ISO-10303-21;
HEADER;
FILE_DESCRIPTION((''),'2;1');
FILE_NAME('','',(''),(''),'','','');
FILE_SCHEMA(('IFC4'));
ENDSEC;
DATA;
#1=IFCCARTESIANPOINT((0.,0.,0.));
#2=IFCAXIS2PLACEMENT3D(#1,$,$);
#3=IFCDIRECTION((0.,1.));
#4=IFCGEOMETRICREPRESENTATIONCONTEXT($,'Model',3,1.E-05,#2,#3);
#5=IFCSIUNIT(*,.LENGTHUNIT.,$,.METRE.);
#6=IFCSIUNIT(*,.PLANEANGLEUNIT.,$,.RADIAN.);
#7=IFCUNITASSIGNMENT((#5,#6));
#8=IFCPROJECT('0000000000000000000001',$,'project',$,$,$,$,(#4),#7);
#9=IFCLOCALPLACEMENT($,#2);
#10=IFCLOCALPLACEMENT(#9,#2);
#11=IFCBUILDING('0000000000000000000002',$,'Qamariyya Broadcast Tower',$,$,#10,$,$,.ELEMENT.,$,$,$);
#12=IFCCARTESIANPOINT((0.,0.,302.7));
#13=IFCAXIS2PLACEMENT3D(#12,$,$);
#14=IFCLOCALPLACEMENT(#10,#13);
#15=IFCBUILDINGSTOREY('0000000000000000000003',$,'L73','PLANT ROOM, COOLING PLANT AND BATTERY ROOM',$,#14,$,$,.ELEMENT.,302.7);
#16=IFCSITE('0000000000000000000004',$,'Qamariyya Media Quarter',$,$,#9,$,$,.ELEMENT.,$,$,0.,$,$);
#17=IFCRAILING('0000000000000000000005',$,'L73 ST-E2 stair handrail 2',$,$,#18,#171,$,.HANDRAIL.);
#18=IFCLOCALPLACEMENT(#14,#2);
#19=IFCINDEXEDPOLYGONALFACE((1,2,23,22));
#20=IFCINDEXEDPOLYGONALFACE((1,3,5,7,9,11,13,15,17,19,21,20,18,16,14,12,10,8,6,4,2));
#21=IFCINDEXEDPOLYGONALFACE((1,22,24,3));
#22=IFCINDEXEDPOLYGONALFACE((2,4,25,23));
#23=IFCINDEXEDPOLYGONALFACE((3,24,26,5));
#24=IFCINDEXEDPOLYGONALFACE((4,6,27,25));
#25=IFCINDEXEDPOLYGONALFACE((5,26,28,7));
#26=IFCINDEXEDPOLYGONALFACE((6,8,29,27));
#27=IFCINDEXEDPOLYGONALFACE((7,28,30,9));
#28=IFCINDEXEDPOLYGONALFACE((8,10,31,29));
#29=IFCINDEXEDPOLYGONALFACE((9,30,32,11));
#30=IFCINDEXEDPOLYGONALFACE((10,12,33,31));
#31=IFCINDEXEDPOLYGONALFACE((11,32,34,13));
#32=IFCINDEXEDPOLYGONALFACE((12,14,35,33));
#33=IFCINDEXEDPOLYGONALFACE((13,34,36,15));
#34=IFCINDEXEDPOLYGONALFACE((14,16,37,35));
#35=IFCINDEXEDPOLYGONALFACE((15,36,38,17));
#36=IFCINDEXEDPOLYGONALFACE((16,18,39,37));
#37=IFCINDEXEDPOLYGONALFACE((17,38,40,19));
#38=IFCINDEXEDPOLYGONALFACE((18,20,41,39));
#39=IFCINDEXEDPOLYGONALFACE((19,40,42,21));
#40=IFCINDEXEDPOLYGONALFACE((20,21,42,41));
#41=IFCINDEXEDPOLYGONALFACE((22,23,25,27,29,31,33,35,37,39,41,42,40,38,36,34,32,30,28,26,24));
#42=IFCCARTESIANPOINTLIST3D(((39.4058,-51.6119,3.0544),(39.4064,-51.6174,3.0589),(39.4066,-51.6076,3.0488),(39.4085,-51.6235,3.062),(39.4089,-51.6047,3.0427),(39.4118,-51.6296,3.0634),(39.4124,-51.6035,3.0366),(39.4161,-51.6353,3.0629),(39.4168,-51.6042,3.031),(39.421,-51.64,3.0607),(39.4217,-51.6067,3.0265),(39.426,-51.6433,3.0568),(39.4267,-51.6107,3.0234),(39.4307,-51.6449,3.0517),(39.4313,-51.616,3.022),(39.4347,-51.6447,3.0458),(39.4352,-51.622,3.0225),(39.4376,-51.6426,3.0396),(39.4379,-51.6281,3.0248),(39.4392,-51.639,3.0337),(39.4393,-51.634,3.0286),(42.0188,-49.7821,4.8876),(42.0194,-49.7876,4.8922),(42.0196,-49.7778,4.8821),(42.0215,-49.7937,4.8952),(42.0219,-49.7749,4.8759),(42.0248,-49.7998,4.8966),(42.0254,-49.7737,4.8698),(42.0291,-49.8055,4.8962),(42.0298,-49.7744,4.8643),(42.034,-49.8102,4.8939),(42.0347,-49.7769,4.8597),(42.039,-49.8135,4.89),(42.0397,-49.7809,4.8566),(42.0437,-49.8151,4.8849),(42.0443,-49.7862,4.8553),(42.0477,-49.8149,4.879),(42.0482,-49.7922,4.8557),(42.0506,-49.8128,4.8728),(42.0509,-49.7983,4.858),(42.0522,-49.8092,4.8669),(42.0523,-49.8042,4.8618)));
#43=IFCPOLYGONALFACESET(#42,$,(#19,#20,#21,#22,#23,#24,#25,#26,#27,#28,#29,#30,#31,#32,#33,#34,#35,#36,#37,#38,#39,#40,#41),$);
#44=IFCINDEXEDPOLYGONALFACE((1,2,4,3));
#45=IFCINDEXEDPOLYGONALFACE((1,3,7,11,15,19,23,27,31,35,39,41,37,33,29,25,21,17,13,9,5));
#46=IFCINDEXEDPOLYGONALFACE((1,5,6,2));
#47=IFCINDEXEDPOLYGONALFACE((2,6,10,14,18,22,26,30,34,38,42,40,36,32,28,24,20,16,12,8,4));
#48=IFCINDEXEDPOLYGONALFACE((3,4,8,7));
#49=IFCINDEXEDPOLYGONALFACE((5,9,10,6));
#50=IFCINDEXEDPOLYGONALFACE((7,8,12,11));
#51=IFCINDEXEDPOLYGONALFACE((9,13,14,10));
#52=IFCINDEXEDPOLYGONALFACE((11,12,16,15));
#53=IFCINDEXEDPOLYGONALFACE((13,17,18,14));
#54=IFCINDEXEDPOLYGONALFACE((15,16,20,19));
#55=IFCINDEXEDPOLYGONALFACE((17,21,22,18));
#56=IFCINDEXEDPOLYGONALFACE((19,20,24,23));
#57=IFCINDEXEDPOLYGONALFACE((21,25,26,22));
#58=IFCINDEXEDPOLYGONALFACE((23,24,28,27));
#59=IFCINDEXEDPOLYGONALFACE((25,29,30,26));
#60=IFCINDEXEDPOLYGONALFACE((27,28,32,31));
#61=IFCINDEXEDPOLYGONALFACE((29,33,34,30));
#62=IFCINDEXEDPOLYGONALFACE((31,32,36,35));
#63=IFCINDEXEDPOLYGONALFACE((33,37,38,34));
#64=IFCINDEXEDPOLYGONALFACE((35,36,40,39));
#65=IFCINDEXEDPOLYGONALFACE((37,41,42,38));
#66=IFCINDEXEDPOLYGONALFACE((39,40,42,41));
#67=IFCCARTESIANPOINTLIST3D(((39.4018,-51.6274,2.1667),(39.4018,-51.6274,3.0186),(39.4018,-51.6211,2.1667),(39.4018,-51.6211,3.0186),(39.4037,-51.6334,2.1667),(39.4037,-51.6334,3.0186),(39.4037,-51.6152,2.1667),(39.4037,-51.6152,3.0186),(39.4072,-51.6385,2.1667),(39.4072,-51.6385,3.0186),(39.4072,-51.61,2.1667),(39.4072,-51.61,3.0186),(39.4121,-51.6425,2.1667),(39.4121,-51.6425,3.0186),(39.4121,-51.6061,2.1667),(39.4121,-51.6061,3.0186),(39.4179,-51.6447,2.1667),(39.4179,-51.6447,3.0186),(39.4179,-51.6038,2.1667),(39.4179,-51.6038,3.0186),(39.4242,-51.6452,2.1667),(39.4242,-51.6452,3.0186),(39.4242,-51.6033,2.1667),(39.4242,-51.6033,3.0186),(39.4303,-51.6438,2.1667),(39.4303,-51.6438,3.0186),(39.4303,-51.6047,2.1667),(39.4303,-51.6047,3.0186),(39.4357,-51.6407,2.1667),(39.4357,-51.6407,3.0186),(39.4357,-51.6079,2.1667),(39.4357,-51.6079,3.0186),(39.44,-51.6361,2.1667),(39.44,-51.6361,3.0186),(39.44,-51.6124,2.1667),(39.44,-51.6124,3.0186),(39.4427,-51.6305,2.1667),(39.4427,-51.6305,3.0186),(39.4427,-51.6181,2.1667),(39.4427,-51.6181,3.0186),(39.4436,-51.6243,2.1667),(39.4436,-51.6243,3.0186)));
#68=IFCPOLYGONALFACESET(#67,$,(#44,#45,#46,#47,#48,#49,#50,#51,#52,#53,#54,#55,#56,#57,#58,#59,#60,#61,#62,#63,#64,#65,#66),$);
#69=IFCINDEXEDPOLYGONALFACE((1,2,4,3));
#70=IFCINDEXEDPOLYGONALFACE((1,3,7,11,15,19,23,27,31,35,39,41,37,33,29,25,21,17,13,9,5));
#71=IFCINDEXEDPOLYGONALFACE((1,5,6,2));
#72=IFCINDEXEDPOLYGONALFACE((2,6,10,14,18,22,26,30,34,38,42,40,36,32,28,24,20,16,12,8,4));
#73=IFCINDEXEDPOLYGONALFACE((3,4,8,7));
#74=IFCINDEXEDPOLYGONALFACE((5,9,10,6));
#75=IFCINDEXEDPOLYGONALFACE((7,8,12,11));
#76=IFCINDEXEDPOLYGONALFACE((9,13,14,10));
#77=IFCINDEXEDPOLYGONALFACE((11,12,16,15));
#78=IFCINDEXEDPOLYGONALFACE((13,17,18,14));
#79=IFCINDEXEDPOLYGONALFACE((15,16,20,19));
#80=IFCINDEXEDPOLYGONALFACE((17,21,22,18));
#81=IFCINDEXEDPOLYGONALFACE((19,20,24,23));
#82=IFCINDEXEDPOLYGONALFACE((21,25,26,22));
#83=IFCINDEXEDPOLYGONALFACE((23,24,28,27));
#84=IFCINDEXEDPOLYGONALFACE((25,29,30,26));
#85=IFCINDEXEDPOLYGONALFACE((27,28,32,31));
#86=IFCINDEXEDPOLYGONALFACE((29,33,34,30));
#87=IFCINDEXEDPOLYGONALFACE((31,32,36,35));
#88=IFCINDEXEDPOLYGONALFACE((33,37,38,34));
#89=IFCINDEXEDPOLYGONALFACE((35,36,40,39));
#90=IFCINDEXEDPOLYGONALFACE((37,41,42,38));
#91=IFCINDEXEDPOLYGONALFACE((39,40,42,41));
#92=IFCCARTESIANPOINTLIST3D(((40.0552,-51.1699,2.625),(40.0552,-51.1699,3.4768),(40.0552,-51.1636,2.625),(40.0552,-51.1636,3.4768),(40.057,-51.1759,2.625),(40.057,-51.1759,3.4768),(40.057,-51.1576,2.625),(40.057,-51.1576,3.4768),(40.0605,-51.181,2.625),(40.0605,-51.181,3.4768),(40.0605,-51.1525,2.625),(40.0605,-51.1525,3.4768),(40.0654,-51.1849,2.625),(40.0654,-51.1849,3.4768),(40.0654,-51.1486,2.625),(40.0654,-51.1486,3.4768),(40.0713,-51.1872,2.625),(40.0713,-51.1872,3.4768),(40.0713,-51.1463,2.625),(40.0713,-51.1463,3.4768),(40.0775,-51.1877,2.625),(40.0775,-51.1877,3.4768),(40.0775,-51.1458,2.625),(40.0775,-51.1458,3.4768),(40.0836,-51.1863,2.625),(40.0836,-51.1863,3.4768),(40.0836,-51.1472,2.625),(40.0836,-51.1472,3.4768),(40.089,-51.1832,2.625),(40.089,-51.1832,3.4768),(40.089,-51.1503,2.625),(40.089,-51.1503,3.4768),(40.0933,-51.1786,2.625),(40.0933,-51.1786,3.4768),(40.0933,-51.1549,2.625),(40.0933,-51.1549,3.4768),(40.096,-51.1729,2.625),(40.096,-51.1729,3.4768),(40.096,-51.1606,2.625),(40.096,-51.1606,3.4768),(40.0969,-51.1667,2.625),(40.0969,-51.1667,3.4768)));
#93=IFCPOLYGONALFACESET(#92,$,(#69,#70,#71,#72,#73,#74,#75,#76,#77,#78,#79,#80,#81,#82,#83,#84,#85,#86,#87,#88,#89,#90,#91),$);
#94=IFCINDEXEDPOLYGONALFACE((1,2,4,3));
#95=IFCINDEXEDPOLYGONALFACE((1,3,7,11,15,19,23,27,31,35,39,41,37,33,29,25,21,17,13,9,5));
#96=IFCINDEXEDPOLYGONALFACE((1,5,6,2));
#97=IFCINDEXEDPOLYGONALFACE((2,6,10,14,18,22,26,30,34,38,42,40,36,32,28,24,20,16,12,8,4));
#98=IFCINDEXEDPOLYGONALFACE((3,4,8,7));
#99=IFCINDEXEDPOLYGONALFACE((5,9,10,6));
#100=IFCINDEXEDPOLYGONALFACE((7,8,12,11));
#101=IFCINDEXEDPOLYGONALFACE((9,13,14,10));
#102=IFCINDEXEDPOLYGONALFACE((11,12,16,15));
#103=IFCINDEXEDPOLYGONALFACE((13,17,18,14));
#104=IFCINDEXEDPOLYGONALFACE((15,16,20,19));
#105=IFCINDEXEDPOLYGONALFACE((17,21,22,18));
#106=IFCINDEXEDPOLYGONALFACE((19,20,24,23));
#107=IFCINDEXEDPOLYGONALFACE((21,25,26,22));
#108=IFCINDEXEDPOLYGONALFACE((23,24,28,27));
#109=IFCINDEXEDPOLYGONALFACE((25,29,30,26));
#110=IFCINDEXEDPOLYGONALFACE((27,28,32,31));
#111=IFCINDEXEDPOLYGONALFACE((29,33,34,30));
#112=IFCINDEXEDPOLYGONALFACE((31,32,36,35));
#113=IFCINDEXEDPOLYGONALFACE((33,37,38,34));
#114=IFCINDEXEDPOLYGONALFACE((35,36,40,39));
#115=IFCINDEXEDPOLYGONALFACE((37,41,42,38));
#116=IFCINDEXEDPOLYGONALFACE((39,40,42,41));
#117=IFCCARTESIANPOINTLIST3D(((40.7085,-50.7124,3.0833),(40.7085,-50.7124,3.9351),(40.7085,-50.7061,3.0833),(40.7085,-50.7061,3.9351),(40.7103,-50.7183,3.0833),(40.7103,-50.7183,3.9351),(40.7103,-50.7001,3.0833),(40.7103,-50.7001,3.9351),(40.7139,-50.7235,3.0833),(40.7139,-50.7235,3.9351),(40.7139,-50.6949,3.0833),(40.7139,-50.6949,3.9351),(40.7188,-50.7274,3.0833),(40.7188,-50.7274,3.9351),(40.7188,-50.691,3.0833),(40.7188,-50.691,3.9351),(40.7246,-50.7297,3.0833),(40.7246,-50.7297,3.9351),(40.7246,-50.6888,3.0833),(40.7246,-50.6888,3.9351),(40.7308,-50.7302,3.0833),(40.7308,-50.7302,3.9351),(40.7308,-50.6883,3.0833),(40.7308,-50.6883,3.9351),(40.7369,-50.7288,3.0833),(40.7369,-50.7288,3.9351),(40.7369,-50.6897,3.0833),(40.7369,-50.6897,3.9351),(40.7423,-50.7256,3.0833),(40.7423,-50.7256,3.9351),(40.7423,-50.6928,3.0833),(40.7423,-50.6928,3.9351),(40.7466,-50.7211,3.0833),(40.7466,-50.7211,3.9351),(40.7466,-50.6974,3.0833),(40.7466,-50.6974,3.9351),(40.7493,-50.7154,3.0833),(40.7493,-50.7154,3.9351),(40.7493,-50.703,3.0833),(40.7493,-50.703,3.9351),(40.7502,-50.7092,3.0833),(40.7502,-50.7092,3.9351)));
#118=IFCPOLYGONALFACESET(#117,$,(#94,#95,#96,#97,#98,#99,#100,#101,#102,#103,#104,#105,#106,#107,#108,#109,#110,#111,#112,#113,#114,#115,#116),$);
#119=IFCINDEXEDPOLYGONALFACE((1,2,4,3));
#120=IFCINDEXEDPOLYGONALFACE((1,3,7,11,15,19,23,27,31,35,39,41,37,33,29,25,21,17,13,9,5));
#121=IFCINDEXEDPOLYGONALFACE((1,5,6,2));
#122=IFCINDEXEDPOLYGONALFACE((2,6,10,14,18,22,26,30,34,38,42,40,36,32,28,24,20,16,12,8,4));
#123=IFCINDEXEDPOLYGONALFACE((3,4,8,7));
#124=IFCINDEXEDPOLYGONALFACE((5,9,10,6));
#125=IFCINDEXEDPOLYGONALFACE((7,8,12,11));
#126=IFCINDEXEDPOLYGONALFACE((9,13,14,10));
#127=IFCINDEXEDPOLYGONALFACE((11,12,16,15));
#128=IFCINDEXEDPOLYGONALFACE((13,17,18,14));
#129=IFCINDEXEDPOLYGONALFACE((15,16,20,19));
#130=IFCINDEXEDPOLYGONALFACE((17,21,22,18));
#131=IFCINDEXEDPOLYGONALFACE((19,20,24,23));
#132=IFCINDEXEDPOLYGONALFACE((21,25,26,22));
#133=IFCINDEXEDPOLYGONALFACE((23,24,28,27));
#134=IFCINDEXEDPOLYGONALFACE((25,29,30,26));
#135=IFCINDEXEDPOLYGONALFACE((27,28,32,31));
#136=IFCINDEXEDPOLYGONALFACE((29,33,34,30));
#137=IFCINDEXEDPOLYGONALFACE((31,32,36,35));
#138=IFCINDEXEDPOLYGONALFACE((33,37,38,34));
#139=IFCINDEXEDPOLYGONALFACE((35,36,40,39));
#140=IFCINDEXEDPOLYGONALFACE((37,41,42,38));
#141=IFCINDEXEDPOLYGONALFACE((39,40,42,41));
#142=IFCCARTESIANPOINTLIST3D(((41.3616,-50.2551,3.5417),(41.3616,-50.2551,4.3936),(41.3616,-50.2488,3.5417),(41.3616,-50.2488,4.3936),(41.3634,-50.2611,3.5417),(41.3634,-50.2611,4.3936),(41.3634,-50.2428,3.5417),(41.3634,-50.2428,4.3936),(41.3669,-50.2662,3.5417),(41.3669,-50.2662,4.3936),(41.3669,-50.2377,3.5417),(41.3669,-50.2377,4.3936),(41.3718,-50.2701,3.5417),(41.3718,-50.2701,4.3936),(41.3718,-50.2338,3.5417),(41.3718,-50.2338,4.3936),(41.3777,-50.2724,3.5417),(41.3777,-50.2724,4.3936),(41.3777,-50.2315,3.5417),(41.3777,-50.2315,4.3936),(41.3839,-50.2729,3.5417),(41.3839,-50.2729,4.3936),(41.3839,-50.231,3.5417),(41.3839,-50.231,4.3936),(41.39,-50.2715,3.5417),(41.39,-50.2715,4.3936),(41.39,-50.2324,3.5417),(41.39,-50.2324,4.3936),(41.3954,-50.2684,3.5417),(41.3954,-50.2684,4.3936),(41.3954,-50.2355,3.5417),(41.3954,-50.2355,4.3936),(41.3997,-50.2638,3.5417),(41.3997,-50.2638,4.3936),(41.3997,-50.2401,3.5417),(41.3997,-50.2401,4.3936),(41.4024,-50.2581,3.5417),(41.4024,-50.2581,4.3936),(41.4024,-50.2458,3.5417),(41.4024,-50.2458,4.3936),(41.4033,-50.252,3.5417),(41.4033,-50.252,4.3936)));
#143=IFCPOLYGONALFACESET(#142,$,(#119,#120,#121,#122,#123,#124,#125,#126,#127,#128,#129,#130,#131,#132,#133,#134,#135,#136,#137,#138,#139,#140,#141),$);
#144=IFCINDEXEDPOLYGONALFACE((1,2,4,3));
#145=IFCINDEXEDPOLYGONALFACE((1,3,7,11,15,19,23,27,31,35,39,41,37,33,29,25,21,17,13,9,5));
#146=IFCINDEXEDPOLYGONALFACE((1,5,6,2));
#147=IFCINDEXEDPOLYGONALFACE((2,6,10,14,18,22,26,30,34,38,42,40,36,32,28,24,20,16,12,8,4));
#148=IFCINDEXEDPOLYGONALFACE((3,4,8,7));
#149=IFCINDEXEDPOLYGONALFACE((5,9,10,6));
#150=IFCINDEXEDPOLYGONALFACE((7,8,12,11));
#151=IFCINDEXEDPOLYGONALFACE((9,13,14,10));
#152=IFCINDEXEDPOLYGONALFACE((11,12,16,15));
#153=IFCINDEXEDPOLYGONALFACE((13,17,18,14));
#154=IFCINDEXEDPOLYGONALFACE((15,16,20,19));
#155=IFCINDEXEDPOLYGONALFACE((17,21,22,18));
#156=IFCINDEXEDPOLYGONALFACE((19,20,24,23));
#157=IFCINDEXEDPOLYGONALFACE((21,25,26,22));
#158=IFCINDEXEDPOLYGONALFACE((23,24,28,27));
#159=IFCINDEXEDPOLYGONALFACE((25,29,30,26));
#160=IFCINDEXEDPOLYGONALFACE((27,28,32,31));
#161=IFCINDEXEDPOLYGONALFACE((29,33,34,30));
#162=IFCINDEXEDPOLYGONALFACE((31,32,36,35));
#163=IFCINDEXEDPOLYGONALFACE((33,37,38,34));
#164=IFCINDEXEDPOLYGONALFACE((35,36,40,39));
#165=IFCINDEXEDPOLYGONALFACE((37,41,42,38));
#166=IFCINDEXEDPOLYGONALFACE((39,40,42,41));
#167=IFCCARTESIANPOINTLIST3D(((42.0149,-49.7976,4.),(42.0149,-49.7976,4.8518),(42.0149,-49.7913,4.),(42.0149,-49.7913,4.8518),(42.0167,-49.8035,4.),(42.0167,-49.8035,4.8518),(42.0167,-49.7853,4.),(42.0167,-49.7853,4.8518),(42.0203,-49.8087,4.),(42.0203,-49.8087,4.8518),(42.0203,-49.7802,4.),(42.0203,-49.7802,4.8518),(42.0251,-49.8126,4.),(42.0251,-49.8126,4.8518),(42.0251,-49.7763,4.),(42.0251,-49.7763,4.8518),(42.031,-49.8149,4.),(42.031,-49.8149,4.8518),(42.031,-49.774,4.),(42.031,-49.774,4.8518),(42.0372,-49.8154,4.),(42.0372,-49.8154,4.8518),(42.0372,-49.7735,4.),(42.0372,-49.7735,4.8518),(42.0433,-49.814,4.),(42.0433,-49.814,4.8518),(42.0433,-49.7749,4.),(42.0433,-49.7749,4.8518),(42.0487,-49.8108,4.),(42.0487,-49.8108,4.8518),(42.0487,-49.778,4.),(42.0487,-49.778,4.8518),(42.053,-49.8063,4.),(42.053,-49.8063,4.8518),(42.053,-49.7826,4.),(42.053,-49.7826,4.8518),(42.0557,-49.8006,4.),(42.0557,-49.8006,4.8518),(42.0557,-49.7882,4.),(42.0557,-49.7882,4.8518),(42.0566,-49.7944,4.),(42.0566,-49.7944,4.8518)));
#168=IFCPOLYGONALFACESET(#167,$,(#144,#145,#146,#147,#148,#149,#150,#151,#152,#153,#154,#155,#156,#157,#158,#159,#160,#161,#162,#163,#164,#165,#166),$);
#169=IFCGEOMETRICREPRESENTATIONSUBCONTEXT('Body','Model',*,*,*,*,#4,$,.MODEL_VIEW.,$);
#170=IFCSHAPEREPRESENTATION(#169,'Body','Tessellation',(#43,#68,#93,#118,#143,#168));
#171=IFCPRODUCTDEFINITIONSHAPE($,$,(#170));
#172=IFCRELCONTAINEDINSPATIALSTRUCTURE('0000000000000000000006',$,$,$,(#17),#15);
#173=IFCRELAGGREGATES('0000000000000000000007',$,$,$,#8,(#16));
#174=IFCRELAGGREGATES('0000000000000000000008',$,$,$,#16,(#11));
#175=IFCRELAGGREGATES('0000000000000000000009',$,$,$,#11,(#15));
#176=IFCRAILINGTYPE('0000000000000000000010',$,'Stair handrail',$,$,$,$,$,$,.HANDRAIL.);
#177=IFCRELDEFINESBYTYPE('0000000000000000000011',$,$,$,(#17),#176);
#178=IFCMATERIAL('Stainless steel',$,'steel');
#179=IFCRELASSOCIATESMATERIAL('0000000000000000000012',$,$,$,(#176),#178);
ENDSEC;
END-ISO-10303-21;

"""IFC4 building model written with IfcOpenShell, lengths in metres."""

from ifc_helpers import new_model, si_unit, direction, frame, origin, origin_2d, place, context, subcontext, project, spatial, circle, extrude, material, type_object, element, save


model = new_model("IFC4")

# Units and contexts
model_context = context("Model", 3, precision=1e-05, world=origin(), true_north=direction((0.0, 1.0)))
body_context = subcontext(model_context, "Body", "Model", "MODEL_VIEW")
ifc_project = project(units=[si_unit("LENGTHUNIT", "METRE"), si_unit("PLANEANGLEUNIT", "RADIAN")], contexts=[model_context])

# Site, building, storey
site_placement = place(None, origin())
site = spatial("IfcSite", under=ifc_project, at=site_placement, Name="Qamariyya Media Quarter", CompositionType="ELEMENT", RefElevation=0.0)
building_placement = place(site_placement, origin())
building = spatial("IfcBuilding", under=site, at=building_placement, Name="Qamariyya Broadcast Tower", CompositionType="ELEMENT")
storey_placement = place(building_placement, frame((0.0, 0.0, 302.7)))
storey = spatial("IfcBuildingStorey", under=building, at=storey_placement, Name="L73", Description="PLANT ROOM, COOLING PLANT AND BATTERY ROOM", CompositionType="ELEMENT", Elevation=302.7)

# Railing
ifc_material_1 = material(Name="Stainless steel", Category="steel")
railing_type_1 = type_object("IfcRailingType", Name="Stair handrail", PredefinedType="HANDRAIL", material=ifc_material_1)
railing_1_placement = place(storey_placement, frame((39.4226, -51.6243, 2.1667)))
element("IfcRailing", 1, at=railing_1_placement, inside=storey, type_object=railing_type_1, Name="L73 ST-E2 stair handrail 2", PredefinedType="HANDRAIL", context=body_context, shape_type="SweptSolid", body=[
    extrude(circle(Radius=0.0239, at=origin_2d()), frame((0.0, 0.0, 0.876), z_axis=(0.710204, 0.497335, 0.498264), x_axis=(-0.573611, 0.819128, 0.0)), (0.0, 0.0, 1.0), 3.6792),
    extrude(circle(Radius=0.021, at=origin_2d()), origin(), (0.0, 0.0, 1.0), 0.8518),
    extrude(circle(Radius=0.021, at=origin_2d()), frame((0.6533, 0.4575, 0.4583)), (0.0, 0.0, 1.0), 0.8518),
    extrude(circle(Radius=0.021, at=origin_2d()), frame((1.3066, 0.915, 0.9165)), (0.0, 0.0, 1.0), 0.8518),
    extrude(circle(Radius=0.021, at=origin_2d()), frame((1.9597, 1.3723, 1.375)), (0.0, 0.0, 1.0), 0.8518),
    extrude(circle(Radius=0.021, at=origin_2d()), frame((2.613, 1.8298, 1.8333)), (0.0, 0.0, 1.0), 0.8518),
])

save(model, "model.ifc")
